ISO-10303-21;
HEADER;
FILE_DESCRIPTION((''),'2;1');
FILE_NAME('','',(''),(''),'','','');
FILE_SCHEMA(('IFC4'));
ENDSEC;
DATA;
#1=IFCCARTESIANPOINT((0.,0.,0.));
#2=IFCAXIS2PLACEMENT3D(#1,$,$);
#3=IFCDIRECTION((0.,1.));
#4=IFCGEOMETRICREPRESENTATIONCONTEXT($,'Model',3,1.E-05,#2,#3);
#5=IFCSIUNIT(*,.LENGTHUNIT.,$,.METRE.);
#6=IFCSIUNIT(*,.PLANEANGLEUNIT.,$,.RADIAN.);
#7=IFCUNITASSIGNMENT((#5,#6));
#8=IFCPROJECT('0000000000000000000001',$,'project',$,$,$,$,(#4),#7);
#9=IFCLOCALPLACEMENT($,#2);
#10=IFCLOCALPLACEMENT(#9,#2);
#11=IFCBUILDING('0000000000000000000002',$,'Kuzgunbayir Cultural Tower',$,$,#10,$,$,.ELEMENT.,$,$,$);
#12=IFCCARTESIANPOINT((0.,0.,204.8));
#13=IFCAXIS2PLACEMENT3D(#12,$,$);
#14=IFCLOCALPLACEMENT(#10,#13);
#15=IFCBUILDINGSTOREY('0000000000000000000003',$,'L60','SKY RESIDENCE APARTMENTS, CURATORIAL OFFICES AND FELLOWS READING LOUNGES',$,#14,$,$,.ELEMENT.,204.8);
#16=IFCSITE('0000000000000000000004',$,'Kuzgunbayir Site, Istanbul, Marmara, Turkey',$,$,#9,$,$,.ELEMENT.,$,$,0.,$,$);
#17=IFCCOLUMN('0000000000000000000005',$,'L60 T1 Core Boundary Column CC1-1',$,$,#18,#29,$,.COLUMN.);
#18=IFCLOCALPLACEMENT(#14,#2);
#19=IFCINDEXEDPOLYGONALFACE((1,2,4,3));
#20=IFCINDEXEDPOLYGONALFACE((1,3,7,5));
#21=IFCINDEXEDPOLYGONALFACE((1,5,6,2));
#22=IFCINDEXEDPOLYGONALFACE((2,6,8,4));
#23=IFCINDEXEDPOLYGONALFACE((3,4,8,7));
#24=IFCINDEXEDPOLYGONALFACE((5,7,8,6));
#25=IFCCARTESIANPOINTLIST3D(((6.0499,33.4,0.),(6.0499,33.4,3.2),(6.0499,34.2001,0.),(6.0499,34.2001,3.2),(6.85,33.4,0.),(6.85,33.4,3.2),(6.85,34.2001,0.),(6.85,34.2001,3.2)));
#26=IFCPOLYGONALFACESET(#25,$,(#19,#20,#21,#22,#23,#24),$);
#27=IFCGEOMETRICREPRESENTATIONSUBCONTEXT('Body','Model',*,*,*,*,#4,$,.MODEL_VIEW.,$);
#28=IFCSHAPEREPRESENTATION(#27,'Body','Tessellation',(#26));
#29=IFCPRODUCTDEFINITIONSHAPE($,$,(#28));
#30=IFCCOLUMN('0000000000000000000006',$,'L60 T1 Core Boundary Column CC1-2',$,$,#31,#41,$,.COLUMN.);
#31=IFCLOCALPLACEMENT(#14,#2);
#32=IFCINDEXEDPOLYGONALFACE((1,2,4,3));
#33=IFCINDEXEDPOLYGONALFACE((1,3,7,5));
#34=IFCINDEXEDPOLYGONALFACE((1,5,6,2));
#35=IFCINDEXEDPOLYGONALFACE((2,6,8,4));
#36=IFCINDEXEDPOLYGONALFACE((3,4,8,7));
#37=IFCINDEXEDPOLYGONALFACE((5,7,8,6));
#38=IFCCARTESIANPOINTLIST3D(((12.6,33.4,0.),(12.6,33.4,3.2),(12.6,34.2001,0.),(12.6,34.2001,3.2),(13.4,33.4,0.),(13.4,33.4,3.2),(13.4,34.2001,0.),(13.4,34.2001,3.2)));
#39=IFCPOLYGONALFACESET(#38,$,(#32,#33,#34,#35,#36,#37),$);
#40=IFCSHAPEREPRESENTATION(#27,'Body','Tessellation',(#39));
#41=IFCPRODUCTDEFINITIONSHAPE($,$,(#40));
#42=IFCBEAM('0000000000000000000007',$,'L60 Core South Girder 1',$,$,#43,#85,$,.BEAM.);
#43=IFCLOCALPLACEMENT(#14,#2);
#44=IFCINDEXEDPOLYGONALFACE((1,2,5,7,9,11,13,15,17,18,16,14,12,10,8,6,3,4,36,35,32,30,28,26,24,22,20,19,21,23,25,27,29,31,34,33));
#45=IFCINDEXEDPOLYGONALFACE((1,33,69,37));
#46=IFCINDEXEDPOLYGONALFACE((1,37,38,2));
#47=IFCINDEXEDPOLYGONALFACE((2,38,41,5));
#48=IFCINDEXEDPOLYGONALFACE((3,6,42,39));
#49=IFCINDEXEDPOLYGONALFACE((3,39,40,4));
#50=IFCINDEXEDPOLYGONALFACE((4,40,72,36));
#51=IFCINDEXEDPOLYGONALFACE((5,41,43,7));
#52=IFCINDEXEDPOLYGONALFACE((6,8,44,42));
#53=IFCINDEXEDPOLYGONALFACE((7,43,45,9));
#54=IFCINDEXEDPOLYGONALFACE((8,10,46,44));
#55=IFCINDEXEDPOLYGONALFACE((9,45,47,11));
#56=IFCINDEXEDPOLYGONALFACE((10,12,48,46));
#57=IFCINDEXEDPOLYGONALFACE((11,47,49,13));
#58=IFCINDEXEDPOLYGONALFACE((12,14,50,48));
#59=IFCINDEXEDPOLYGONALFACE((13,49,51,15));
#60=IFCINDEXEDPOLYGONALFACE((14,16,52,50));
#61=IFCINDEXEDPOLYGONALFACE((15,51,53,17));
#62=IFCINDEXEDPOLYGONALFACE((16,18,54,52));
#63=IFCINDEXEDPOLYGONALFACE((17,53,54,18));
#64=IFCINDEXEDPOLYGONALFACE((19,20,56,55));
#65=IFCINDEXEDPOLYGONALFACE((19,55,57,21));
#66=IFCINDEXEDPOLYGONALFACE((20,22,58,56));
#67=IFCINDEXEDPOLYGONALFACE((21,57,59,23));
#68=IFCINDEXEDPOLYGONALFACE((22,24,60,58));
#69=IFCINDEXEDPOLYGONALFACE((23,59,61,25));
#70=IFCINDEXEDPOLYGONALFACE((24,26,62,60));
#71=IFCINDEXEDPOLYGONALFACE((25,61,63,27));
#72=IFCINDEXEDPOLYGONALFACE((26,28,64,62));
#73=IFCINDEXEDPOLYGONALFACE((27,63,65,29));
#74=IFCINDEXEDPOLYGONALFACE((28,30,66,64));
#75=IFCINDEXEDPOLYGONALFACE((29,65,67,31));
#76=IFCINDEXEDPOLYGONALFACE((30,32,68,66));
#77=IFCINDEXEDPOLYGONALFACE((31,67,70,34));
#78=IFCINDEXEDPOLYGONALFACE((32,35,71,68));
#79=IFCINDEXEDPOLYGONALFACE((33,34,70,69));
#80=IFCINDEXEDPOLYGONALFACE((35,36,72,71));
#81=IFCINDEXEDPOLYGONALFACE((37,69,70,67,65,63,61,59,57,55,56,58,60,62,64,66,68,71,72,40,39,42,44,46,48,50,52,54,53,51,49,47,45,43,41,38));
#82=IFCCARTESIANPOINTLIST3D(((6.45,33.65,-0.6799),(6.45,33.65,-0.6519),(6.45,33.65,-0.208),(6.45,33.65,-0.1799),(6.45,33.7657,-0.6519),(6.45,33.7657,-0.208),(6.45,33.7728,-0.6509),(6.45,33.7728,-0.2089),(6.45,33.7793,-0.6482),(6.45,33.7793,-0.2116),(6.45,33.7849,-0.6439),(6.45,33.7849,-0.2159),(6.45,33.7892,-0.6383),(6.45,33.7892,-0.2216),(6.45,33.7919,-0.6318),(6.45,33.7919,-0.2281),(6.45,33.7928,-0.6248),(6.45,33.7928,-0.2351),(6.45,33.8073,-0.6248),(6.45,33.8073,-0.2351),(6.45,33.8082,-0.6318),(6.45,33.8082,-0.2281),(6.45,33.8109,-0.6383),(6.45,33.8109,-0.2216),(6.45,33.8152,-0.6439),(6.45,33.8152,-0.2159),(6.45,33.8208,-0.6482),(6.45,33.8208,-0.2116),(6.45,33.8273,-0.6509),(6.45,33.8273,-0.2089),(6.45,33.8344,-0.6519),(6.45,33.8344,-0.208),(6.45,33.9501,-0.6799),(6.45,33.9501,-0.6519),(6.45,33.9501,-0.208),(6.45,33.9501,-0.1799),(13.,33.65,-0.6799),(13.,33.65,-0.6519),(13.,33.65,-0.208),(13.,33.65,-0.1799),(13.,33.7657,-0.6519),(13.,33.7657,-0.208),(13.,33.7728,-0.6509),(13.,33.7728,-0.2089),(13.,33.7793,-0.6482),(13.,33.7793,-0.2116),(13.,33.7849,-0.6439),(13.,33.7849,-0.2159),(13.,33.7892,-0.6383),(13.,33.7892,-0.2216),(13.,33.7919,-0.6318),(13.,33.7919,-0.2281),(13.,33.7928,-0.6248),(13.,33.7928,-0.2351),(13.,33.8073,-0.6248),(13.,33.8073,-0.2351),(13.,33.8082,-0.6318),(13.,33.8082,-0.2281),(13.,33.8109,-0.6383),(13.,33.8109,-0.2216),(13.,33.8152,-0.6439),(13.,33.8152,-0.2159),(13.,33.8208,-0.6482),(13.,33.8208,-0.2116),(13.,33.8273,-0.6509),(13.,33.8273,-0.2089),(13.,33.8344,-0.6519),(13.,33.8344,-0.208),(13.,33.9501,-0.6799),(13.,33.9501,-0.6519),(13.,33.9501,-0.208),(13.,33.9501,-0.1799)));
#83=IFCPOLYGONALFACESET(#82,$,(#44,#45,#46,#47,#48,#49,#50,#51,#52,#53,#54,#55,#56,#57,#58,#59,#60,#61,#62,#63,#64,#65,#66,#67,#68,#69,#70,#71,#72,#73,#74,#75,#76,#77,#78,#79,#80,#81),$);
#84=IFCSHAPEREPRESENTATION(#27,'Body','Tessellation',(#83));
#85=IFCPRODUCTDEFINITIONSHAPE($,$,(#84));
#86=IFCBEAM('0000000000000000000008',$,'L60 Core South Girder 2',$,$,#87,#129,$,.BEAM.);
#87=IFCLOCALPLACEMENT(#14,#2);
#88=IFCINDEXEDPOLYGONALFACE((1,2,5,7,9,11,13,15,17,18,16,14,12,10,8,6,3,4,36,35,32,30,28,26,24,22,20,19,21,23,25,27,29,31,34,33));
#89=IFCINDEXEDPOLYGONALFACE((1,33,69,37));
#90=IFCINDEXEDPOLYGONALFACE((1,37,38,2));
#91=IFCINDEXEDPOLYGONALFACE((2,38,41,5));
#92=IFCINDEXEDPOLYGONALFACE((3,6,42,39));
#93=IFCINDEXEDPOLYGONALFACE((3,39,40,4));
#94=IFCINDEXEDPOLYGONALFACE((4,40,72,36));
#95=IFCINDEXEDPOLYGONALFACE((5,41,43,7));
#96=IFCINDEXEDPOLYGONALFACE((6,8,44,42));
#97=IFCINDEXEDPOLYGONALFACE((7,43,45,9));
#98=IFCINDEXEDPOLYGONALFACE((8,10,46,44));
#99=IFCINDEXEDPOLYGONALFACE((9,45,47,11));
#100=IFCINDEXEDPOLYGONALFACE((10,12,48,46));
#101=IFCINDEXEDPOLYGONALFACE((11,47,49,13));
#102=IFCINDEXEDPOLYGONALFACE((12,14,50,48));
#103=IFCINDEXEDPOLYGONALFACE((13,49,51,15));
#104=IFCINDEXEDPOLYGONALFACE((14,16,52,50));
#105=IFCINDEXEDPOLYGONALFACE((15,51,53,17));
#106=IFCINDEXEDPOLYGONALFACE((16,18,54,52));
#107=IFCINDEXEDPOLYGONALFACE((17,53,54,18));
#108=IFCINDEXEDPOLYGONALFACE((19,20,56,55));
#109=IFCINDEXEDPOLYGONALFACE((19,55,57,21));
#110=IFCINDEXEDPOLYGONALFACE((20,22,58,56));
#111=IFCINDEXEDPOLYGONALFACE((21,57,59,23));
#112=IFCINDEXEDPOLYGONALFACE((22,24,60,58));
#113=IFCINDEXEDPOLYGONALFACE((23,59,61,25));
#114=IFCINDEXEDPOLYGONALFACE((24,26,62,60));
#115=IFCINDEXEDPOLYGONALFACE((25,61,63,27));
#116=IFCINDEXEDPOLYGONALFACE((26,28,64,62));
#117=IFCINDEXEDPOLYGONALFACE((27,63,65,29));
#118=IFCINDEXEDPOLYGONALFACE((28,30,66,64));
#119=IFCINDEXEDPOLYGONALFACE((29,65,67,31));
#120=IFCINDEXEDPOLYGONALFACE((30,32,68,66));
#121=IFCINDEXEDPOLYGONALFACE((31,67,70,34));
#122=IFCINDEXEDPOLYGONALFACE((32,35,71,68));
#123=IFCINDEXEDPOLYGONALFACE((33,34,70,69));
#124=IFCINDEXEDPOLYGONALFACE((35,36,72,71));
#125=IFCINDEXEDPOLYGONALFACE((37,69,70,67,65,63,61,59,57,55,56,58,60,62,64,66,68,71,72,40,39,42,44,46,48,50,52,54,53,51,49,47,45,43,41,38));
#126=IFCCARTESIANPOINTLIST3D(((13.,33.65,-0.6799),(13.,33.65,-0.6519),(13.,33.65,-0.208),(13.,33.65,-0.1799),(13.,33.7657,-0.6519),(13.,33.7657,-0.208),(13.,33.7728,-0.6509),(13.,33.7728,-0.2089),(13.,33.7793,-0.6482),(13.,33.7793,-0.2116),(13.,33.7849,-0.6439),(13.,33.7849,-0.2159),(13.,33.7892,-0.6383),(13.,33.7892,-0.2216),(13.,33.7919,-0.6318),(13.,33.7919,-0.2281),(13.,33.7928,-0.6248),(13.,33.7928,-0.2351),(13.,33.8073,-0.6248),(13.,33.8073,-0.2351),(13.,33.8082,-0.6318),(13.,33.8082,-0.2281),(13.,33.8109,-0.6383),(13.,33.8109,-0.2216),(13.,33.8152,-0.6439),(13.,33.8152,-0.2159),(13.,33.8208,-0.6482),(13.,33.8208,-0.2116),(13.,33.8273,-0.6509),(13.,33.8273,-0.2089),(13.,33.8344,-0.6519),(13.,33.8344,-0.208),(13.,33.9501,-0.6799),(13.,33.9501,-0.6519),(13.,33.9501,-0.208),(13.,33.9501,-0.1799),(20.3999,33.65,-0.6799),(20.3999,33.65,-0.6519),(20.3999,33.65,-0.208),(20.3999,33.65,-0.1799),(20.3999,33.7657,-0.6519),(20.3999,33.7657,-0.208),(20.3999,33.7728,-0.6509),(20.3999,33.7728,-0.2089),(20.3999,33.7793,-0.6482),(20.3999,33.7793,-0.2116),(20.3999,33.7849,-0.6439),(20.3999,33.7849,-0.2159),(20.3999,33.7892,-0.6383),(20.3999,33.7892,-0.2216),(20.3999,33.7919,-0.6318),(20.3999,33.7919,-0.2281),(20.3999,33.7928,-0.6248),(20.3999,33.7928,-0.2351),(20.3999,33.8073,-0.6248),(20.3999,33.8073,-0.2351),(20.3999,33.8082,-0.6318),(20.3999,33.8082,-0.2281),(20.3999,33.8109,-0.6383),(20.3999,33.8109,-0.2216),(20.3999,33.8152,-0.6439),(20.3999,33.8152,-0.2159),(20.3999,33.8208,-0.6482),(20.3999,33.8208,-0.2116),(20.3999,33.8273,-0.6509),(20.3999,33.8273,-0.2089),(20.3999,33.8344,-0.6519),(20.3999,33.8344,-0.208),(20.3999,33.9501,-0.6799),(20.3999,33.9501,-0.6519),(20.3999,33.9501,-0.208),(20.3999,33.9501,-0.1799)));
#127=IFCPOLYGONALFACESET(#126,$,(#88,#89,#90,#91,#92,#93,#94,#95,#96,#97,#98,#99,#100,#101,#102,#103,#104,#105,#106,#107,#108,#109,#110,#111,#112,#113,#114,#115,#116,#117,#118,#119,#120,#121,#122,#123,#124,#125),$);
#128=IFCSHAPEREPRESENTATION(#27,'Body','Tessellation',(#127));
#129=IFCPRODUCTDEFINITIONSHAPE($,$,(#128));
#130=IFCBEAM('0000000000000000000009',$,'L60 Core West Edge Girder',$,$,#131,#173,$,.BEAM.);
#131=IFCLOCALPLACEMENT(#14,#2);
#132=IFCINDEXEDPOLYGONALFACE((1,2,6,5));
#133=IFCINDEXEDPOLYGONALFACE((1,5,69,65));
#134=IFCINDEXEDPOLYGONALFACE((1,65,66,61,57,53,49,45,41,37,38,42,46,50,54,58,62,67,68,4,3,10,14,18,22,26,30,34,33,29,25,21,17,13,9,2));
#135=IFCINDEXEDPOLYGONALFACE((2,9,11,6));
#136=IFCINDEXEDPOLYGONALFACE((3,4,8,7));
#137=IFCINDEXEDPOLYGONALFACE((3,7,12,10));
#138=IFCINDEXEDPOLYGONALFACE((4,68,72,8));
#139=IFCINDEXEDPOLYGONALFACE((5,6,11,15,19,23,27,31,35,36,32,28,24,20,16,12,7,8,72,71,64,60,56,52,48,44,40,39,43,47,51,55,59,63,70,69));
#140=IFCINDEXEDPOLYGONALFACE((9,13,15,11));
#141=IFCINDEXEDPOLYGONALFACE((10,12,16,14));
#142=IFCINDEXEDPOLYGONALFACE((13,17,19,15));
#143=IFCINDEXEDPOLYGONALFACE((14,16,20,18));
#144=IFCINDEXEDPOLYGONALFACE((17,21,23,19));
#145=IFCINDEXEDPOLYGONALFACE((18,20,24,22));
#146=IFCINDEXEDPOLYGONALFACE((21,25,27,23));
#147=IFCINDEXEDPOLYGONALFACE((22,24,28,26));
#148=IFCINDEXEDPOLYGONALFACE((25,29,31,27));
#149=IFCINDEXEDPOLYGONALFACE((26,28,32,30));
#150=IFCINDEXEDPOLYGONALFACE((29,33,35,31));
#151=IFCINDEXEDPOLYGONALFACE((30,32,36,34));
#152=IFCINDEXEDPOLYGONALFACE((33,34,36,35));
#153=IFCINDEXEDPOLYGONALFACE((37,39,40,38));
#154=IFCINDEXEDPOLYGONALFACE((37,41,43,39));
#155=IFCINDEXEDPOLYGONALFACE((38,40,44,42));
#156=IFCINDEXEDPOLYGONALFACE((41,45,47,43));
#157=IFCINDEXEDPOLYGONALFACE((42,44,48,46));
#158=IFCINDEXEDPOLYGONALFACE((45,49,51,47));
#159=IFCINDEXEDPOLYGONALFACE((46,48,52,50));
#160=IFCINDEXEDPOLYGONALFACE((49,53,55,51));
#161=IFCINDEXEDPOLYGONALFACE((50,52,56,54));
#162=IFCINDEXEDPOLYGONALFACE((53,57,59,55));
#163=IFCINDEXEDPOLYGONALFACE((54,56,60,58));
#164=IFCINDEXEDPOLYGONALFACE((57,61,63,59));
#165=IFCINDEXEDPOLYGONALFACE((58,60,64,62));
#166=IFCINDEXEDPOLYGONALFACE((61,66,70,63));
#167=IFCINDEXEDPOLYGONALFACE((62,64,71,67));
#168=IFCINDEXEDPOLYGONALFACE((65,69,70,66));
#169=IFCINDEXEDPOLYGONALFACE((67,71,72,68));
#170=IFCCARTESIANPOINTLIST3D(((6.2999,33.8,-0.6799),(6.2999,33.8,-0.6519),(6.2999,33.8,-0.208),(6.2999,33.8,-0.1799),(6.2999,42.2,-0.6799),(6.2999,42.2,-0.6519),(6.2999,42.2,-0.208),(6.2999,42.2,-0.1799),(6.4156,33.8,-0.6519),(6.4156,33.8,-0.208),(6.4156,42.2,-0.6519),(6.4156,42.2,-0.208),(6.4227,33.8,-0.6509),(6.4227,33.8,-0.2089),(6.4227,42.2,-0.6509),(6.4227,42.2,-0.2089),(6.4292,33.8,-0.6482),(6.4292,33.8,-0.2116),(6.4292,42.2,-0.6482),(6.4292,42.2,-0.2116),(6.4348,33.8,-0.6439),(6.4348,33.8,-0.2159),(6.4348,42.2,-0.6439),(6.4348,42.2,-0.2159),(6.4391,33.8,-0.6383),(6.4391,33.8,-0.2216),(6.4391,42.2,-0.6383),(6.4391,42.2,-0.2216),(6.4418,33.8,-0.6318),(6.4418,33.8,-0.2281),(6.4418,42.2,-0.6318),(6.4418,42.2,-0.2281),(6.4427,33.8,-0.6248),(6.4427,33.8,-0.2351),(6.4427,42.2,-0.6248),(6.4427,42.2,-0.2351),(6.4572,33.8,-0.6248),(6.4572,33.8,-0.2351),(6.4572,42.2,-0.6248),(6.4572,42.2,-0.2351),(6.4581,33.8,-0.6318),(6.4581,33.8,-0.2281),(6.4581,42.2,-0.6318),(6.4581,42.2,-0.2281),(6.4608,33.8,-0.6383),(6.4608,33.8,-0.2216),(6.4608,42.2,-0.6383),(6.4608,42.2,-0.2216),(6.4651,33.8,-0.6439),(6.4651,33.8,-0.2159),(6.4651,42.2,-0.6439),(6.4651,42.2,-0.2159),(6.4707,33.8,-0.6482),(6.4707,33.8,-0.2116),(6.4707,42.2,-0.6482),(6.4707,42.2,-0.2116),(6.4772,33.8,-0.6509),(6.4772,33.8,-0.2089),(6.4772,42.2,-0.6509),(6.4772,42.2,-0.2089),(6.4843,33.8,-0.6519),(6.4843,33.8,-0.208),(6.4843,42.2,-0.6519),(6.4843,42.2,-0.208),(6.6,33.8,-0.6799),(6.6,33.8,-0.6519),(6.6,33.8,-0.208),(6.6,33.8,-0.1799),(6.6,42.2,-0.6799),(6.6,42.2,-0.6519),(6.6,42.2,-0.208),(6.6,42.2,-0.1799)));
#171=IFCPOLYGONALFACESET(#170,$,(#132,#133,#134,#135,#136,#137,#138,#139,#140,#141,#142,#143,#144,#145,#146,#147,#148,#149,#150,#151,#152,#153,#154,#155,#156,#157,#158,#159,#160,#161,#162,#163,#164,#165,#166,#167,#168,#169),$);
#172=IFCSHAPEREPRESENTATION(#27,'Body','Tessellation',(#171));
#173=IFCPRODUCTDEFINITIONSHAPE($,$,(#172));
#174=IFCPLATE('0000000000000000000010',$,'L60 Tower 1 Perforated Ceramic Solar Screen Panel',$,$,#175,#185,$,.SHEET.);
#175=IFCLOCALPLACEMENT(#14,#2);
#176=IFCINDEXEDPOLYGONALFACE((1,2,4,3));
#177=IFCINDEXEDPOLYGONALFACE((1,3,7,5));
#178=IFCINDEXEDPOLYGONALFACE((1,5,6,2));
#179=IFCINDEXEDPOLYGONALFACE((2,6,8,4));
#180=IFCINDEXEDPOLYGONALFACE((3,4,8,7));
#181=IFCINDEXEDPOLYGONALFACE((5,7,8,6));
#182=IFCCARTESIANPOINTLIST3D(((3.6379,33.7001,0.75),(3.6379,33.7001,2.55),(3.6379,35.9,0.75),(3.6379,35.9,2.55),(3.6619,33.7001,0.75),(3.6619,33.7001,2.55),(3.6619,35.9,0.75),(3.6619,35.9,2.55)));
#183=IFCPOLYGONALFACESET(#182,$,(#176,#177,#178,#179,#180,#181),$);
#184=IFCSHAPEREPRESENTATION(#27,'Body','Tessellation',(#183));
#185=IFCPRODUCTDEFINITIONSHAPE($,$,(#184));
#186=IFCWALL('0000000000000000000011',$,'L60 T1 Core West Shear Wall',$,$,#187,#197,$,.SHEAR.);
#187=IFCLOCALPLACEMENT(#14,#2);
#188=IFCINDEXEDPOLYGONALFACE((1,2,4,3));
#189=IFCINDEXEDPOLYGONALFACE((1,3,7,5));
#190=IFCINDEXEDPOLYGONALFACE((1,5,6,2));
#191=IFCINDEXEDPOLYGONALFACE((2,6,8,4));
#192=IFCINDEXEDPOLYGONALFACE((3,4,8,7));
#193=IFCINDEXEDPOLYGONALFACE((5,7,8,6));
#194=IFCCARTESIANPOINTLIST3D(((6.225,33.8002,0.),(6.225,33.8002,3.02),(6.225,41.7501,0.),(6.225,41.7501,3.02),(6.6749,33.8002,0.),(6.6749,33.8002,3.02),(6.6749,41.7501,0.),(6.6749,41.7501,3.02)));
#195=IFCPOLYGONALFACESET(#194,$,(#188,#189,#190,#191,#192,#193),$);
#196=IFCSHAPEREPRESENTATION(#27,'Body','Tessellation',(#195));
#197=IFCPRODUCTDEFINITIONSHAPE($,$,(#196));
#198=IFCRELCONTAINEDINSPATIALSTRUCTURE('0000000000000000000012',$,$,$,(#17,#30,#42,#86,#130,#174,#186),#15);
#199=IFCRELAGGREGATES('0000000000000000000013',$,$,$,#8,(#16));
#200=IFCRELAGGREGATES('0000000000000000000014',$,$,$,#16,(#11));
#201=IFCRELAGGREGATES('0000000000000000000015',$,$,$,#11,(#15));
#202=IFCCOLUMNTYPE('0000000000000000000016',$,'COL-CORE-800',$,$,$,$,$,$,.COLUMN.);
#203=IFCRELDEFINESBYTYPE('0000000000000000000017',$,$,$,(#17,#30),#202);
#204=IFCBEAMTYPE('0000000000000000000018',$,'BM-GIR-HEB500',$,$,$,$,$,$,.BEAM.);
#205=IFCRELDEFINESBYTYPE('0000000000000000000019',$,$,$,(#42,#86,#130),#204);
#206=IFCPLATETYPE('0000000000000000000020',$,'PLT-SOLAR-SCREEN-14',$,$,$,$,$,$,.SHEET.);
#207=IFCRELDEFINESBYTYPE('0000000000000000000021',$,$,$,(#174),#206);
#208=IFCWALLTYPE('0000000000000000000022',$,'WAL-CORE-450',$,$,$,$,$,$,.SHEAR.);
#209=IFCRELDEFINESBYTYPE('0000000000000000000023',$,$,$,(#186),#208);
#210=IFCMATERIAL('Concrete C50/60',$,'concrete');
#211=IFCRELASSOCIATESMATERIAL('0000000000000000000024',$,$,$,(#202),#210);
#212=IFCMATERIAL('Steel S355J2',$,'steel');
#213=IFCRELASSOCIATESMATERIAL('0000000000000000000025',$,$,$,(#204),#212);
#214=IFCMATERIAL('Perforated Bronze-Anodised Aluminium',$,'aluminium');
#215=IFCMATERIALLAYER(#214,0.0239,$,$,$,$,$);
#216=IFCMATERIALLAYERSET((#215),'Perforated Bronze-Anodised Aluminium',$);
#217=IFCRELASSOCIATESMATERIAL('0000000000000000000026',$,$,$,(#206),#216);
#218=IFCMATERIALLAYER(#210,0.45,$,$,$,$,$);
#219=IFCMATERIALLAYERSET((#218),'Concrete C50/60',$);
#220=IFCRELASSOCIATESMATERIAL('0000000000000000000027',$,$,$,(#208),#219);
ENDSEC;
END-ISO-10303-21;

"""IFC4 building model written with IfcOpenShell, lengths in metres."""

from ifc_helpers import new_model, si_unit, direction, frame, frame_2d, origin, origin_2d, place, context, subcontext, project, spatial, rectangle, i_section, extrude, material, layer, layer_set, material_profile, profile_set, type_object, element, save


model = new_model("IFC4")

# Units and contexts
model_context = context("Model", 3, precision=1e-05, world=origin(), true_north=direction((0.0, 1.0)))
body_context = subcontext(model_context, "Body", "Model", "MODEL_VIEW")
ifc_project = project(units=[si_unit("LENGTHUNIT", "METRE"), si_unit("PLANEANGLEUNIT", "RADIAN")], contexts=[model_context])

# Site, building, storey
site_placement = place(None, origin())
site = spatial("IfcSite", under=ifc_project, at=site_placement, Name="Kuzgunbayir Site, Istanbul, Marmara, Turkey", CompositionType="ELEMENT", RefElevation=0.0)
building_placement = place(site_placement, origin())
building = spatial("IfcBuilding", under=site, at=building_placement, Name="Kuzgunbayir Cultural Tower", CompositionType="ELEMENT")
storey_placement = place(building_placement, frame((0.0, 0.0, 204.8)))
storey = spatial("IfcBuildingStorey", under=building, at=storey_placement, Name="L60", Description="SKY RESIDENCE APARTMENTS, CURATORIAL OFFICES AND FELLOWS READING LOUNGES", CompositionType="ELEMENT", Elevation=204.8)

# Columns
ifc_material_1 = material(Name="Concrete C50/60", Category="concrete")
ifc_material_profile_1 = material_profile(ifc_material_1, rectangle(XDim=0.8, YDim=0.8, at=origin_2d()), Name="RC 800x800")
ifc_profile_set_1 = profile_set([ifc_material_profile_1], Name="Concrete C50/60")
column_type = type_object("IfcColumnType", Name="COL-CORE-800", PredefinedType="COLUMN", material=ifc_profile_set_1)
for number, where, z_axis, x_axis, name in (
    (1, (6.45, 33.8, 0.0), (0.0, 0.0, 1.0), (1.0, 0.0, 0.0), "L60 T1 Core Boundary Column CC1-1"),
    (2, (13.0, 33.8, 0.0), (0.0, 0.0, 1.0), (1.0, 0.0, 0.0), "L60 T1 Core Boundary Column CC1-2"),
):
    element("IfcColumn", number, at=place(storey_placement, frame(where, z_axis=z_axis, x_axis=x_axis)), inside=storey, type_object=column_type, Name=name, PredefinedType="COLUMN", context=body_context, shape_type="SweptSolid", body=[
        extrude(rectangle(XDim=0.8, YDim=0.8, at=origin_2d()), origin(), (0.0, 0.0, 1.0), 3.2),
    ])

# Beams
ifc_material_2 = material(Name="Steel S355J2", Category="steel")
ifc_material_profile_2 = material_profile(ifc_material_2, i_section(OverallWidth=0.3, OverallDepth=0.5, WebThickness=0.0144, FlangeThickness=0.0281, FilletRadius=0.0271, at=origin_2d()), Name="HEB 500")
ifc_profile_set_2 = profile_set([ifc_material_profile_2], Name="Steel S355J2")
beam_type = type_object("IfcBeamType", Name="BM-GIR-HEB500", PredefinedType="BEAM", material=ifc_profile_set_2)
beam_1_placement = place(storey_placement, frame((6.45, 33.8, -0.4299), z_axis=(1.0, 0.0, 0.0), x_axis=(0.0, 1.0, 0.0)))
element("IfcBeam", 3, at=beam_1_placement, inside=storey, type_object=beam_type, Name="L60 Core South Girder 1", PredefinedType="BEAM", context=body_context, shape_type="SweptSolid", body=[
    extrude(i_section(OverallWidth=0.3, OverallDepth=0.5, WebThickness=0.0144, FlangeThickness=0.0281, FilletRadius=0.0271, at=origin_2d()), origin(), (0.0, 0.0, 1.0), 6.55),
])
beam_2_placement = place(storey_placement, frame((13.0, 33.8, -0.4299), z_axis=(1.0, 0.0, 0.0), x_axis=(0.0, 1.0, 0.0)))
element("IfcBeam", 4, at=beam_2_placement, inside=storey, type_object=beam_type, Name="L60 Core South Girder 2", PredefinedType="BEAM", context=body_context, shape_type="SweptSolid", body=[
    extrude(i_section(OverallWidth=0.3, OverallDepth=0.5, WebThickness=0.0144, FlangeThickness=0.0281, FilletRadius=0.0271, at=origin_2d()), origin(), (0.0, 0.0, 1.0), 7.3999),
])
beam_3_placement = place(storey_placement, frame((6.45, 33.8, -0.4299), z_axis=(0.0, 1.0, 0.0), x_axis=(-1.0, 0.0, 0.0)))
element("IfcBeam", 5, at=beam_3_placement, inside=storey, type_object=beam_type, Name="L60 Core West Edge Girder", PredefinedType="BEAM", context=body_context, shape_type="SweptSolid", body=[
    extrude(i_section(OverallWidth=0.3, OverallDepth=0.5, WebThickness=0.0144, FlangeThickness=0.0281, FilletRadius=0.0271, at=origin_2d()), origin(), (0.0, 0.0, 1.0), 8.3999),
])

# Plate
ifc_material_3 = material(Name="Perforated Bronze-Anodised Aluminium", Category="aluminium")
ifc_layer_1 = layer(ifc_material_3, 0.0239)
ifc_layer_set_1 = layer_set([ifc_layer_1], Name="Perforated Bronze-Anodised Aluminium")
plate_type = type_object("IfcPlateType", Name="PLT-SOLAR-SCREEN-14", PredefinedType="SHEET", material=ifc_layer_set_1)
plate_placement = place(storey_placement, frame((3.6499, 34.8, 0.75), z_axis=(0.0, 0.0, 1.0), x_axis=(1.0, 0.0, 0.0)))
element("IfcPlate", 6, at=plate_placement, inside=storey, type_object=plate_type, Name="L60 Tower 1 Perforated Ceramic Solar Screen Panel", PredefinedType="SHEET", context=body_context, shape_type="SweptSolid", body=[
    extrude(rectangle(XDim=0.0239, YDim=2.2, at=origin_2d()), origin(), (0.0, 0.0, 1.0), 1.8),
])

# Wall
ifc_layer_2 = layer(ifc_material_1, 0.45)
ifc_layer_set_2 = layer_set([ifc_layer_2], Name="Concrete C50/60")
wall_type_1 = type_object("IfcWallType", Name="WAL-CORE-450", PredefinedType="SHEAR", material=ifc_layer_set_2)
wall_1_placement = place(storey_placement, frame((6.45, 33.8, 0.0), z_axis=(0.0, 0.0, 1.0), x_axis=(0.0, 1.0, 0.0)))
element("IfcWall", 7, at=wall_1_placement, inside=storey, type_object=wall_type_1, Name="L60 T1 Core West Shear Wall", PredefinedType="SHEAR", context=body_context, shape_type="SweptSolid", body=[
    extrude(rectangle(XDim=7.95, YDim=0.45, at=frame_2d((3.9751, 0.0))), origin(), (0.0, 0.0, 1.0), 3.02),
])

save(model, "model.ifc")
